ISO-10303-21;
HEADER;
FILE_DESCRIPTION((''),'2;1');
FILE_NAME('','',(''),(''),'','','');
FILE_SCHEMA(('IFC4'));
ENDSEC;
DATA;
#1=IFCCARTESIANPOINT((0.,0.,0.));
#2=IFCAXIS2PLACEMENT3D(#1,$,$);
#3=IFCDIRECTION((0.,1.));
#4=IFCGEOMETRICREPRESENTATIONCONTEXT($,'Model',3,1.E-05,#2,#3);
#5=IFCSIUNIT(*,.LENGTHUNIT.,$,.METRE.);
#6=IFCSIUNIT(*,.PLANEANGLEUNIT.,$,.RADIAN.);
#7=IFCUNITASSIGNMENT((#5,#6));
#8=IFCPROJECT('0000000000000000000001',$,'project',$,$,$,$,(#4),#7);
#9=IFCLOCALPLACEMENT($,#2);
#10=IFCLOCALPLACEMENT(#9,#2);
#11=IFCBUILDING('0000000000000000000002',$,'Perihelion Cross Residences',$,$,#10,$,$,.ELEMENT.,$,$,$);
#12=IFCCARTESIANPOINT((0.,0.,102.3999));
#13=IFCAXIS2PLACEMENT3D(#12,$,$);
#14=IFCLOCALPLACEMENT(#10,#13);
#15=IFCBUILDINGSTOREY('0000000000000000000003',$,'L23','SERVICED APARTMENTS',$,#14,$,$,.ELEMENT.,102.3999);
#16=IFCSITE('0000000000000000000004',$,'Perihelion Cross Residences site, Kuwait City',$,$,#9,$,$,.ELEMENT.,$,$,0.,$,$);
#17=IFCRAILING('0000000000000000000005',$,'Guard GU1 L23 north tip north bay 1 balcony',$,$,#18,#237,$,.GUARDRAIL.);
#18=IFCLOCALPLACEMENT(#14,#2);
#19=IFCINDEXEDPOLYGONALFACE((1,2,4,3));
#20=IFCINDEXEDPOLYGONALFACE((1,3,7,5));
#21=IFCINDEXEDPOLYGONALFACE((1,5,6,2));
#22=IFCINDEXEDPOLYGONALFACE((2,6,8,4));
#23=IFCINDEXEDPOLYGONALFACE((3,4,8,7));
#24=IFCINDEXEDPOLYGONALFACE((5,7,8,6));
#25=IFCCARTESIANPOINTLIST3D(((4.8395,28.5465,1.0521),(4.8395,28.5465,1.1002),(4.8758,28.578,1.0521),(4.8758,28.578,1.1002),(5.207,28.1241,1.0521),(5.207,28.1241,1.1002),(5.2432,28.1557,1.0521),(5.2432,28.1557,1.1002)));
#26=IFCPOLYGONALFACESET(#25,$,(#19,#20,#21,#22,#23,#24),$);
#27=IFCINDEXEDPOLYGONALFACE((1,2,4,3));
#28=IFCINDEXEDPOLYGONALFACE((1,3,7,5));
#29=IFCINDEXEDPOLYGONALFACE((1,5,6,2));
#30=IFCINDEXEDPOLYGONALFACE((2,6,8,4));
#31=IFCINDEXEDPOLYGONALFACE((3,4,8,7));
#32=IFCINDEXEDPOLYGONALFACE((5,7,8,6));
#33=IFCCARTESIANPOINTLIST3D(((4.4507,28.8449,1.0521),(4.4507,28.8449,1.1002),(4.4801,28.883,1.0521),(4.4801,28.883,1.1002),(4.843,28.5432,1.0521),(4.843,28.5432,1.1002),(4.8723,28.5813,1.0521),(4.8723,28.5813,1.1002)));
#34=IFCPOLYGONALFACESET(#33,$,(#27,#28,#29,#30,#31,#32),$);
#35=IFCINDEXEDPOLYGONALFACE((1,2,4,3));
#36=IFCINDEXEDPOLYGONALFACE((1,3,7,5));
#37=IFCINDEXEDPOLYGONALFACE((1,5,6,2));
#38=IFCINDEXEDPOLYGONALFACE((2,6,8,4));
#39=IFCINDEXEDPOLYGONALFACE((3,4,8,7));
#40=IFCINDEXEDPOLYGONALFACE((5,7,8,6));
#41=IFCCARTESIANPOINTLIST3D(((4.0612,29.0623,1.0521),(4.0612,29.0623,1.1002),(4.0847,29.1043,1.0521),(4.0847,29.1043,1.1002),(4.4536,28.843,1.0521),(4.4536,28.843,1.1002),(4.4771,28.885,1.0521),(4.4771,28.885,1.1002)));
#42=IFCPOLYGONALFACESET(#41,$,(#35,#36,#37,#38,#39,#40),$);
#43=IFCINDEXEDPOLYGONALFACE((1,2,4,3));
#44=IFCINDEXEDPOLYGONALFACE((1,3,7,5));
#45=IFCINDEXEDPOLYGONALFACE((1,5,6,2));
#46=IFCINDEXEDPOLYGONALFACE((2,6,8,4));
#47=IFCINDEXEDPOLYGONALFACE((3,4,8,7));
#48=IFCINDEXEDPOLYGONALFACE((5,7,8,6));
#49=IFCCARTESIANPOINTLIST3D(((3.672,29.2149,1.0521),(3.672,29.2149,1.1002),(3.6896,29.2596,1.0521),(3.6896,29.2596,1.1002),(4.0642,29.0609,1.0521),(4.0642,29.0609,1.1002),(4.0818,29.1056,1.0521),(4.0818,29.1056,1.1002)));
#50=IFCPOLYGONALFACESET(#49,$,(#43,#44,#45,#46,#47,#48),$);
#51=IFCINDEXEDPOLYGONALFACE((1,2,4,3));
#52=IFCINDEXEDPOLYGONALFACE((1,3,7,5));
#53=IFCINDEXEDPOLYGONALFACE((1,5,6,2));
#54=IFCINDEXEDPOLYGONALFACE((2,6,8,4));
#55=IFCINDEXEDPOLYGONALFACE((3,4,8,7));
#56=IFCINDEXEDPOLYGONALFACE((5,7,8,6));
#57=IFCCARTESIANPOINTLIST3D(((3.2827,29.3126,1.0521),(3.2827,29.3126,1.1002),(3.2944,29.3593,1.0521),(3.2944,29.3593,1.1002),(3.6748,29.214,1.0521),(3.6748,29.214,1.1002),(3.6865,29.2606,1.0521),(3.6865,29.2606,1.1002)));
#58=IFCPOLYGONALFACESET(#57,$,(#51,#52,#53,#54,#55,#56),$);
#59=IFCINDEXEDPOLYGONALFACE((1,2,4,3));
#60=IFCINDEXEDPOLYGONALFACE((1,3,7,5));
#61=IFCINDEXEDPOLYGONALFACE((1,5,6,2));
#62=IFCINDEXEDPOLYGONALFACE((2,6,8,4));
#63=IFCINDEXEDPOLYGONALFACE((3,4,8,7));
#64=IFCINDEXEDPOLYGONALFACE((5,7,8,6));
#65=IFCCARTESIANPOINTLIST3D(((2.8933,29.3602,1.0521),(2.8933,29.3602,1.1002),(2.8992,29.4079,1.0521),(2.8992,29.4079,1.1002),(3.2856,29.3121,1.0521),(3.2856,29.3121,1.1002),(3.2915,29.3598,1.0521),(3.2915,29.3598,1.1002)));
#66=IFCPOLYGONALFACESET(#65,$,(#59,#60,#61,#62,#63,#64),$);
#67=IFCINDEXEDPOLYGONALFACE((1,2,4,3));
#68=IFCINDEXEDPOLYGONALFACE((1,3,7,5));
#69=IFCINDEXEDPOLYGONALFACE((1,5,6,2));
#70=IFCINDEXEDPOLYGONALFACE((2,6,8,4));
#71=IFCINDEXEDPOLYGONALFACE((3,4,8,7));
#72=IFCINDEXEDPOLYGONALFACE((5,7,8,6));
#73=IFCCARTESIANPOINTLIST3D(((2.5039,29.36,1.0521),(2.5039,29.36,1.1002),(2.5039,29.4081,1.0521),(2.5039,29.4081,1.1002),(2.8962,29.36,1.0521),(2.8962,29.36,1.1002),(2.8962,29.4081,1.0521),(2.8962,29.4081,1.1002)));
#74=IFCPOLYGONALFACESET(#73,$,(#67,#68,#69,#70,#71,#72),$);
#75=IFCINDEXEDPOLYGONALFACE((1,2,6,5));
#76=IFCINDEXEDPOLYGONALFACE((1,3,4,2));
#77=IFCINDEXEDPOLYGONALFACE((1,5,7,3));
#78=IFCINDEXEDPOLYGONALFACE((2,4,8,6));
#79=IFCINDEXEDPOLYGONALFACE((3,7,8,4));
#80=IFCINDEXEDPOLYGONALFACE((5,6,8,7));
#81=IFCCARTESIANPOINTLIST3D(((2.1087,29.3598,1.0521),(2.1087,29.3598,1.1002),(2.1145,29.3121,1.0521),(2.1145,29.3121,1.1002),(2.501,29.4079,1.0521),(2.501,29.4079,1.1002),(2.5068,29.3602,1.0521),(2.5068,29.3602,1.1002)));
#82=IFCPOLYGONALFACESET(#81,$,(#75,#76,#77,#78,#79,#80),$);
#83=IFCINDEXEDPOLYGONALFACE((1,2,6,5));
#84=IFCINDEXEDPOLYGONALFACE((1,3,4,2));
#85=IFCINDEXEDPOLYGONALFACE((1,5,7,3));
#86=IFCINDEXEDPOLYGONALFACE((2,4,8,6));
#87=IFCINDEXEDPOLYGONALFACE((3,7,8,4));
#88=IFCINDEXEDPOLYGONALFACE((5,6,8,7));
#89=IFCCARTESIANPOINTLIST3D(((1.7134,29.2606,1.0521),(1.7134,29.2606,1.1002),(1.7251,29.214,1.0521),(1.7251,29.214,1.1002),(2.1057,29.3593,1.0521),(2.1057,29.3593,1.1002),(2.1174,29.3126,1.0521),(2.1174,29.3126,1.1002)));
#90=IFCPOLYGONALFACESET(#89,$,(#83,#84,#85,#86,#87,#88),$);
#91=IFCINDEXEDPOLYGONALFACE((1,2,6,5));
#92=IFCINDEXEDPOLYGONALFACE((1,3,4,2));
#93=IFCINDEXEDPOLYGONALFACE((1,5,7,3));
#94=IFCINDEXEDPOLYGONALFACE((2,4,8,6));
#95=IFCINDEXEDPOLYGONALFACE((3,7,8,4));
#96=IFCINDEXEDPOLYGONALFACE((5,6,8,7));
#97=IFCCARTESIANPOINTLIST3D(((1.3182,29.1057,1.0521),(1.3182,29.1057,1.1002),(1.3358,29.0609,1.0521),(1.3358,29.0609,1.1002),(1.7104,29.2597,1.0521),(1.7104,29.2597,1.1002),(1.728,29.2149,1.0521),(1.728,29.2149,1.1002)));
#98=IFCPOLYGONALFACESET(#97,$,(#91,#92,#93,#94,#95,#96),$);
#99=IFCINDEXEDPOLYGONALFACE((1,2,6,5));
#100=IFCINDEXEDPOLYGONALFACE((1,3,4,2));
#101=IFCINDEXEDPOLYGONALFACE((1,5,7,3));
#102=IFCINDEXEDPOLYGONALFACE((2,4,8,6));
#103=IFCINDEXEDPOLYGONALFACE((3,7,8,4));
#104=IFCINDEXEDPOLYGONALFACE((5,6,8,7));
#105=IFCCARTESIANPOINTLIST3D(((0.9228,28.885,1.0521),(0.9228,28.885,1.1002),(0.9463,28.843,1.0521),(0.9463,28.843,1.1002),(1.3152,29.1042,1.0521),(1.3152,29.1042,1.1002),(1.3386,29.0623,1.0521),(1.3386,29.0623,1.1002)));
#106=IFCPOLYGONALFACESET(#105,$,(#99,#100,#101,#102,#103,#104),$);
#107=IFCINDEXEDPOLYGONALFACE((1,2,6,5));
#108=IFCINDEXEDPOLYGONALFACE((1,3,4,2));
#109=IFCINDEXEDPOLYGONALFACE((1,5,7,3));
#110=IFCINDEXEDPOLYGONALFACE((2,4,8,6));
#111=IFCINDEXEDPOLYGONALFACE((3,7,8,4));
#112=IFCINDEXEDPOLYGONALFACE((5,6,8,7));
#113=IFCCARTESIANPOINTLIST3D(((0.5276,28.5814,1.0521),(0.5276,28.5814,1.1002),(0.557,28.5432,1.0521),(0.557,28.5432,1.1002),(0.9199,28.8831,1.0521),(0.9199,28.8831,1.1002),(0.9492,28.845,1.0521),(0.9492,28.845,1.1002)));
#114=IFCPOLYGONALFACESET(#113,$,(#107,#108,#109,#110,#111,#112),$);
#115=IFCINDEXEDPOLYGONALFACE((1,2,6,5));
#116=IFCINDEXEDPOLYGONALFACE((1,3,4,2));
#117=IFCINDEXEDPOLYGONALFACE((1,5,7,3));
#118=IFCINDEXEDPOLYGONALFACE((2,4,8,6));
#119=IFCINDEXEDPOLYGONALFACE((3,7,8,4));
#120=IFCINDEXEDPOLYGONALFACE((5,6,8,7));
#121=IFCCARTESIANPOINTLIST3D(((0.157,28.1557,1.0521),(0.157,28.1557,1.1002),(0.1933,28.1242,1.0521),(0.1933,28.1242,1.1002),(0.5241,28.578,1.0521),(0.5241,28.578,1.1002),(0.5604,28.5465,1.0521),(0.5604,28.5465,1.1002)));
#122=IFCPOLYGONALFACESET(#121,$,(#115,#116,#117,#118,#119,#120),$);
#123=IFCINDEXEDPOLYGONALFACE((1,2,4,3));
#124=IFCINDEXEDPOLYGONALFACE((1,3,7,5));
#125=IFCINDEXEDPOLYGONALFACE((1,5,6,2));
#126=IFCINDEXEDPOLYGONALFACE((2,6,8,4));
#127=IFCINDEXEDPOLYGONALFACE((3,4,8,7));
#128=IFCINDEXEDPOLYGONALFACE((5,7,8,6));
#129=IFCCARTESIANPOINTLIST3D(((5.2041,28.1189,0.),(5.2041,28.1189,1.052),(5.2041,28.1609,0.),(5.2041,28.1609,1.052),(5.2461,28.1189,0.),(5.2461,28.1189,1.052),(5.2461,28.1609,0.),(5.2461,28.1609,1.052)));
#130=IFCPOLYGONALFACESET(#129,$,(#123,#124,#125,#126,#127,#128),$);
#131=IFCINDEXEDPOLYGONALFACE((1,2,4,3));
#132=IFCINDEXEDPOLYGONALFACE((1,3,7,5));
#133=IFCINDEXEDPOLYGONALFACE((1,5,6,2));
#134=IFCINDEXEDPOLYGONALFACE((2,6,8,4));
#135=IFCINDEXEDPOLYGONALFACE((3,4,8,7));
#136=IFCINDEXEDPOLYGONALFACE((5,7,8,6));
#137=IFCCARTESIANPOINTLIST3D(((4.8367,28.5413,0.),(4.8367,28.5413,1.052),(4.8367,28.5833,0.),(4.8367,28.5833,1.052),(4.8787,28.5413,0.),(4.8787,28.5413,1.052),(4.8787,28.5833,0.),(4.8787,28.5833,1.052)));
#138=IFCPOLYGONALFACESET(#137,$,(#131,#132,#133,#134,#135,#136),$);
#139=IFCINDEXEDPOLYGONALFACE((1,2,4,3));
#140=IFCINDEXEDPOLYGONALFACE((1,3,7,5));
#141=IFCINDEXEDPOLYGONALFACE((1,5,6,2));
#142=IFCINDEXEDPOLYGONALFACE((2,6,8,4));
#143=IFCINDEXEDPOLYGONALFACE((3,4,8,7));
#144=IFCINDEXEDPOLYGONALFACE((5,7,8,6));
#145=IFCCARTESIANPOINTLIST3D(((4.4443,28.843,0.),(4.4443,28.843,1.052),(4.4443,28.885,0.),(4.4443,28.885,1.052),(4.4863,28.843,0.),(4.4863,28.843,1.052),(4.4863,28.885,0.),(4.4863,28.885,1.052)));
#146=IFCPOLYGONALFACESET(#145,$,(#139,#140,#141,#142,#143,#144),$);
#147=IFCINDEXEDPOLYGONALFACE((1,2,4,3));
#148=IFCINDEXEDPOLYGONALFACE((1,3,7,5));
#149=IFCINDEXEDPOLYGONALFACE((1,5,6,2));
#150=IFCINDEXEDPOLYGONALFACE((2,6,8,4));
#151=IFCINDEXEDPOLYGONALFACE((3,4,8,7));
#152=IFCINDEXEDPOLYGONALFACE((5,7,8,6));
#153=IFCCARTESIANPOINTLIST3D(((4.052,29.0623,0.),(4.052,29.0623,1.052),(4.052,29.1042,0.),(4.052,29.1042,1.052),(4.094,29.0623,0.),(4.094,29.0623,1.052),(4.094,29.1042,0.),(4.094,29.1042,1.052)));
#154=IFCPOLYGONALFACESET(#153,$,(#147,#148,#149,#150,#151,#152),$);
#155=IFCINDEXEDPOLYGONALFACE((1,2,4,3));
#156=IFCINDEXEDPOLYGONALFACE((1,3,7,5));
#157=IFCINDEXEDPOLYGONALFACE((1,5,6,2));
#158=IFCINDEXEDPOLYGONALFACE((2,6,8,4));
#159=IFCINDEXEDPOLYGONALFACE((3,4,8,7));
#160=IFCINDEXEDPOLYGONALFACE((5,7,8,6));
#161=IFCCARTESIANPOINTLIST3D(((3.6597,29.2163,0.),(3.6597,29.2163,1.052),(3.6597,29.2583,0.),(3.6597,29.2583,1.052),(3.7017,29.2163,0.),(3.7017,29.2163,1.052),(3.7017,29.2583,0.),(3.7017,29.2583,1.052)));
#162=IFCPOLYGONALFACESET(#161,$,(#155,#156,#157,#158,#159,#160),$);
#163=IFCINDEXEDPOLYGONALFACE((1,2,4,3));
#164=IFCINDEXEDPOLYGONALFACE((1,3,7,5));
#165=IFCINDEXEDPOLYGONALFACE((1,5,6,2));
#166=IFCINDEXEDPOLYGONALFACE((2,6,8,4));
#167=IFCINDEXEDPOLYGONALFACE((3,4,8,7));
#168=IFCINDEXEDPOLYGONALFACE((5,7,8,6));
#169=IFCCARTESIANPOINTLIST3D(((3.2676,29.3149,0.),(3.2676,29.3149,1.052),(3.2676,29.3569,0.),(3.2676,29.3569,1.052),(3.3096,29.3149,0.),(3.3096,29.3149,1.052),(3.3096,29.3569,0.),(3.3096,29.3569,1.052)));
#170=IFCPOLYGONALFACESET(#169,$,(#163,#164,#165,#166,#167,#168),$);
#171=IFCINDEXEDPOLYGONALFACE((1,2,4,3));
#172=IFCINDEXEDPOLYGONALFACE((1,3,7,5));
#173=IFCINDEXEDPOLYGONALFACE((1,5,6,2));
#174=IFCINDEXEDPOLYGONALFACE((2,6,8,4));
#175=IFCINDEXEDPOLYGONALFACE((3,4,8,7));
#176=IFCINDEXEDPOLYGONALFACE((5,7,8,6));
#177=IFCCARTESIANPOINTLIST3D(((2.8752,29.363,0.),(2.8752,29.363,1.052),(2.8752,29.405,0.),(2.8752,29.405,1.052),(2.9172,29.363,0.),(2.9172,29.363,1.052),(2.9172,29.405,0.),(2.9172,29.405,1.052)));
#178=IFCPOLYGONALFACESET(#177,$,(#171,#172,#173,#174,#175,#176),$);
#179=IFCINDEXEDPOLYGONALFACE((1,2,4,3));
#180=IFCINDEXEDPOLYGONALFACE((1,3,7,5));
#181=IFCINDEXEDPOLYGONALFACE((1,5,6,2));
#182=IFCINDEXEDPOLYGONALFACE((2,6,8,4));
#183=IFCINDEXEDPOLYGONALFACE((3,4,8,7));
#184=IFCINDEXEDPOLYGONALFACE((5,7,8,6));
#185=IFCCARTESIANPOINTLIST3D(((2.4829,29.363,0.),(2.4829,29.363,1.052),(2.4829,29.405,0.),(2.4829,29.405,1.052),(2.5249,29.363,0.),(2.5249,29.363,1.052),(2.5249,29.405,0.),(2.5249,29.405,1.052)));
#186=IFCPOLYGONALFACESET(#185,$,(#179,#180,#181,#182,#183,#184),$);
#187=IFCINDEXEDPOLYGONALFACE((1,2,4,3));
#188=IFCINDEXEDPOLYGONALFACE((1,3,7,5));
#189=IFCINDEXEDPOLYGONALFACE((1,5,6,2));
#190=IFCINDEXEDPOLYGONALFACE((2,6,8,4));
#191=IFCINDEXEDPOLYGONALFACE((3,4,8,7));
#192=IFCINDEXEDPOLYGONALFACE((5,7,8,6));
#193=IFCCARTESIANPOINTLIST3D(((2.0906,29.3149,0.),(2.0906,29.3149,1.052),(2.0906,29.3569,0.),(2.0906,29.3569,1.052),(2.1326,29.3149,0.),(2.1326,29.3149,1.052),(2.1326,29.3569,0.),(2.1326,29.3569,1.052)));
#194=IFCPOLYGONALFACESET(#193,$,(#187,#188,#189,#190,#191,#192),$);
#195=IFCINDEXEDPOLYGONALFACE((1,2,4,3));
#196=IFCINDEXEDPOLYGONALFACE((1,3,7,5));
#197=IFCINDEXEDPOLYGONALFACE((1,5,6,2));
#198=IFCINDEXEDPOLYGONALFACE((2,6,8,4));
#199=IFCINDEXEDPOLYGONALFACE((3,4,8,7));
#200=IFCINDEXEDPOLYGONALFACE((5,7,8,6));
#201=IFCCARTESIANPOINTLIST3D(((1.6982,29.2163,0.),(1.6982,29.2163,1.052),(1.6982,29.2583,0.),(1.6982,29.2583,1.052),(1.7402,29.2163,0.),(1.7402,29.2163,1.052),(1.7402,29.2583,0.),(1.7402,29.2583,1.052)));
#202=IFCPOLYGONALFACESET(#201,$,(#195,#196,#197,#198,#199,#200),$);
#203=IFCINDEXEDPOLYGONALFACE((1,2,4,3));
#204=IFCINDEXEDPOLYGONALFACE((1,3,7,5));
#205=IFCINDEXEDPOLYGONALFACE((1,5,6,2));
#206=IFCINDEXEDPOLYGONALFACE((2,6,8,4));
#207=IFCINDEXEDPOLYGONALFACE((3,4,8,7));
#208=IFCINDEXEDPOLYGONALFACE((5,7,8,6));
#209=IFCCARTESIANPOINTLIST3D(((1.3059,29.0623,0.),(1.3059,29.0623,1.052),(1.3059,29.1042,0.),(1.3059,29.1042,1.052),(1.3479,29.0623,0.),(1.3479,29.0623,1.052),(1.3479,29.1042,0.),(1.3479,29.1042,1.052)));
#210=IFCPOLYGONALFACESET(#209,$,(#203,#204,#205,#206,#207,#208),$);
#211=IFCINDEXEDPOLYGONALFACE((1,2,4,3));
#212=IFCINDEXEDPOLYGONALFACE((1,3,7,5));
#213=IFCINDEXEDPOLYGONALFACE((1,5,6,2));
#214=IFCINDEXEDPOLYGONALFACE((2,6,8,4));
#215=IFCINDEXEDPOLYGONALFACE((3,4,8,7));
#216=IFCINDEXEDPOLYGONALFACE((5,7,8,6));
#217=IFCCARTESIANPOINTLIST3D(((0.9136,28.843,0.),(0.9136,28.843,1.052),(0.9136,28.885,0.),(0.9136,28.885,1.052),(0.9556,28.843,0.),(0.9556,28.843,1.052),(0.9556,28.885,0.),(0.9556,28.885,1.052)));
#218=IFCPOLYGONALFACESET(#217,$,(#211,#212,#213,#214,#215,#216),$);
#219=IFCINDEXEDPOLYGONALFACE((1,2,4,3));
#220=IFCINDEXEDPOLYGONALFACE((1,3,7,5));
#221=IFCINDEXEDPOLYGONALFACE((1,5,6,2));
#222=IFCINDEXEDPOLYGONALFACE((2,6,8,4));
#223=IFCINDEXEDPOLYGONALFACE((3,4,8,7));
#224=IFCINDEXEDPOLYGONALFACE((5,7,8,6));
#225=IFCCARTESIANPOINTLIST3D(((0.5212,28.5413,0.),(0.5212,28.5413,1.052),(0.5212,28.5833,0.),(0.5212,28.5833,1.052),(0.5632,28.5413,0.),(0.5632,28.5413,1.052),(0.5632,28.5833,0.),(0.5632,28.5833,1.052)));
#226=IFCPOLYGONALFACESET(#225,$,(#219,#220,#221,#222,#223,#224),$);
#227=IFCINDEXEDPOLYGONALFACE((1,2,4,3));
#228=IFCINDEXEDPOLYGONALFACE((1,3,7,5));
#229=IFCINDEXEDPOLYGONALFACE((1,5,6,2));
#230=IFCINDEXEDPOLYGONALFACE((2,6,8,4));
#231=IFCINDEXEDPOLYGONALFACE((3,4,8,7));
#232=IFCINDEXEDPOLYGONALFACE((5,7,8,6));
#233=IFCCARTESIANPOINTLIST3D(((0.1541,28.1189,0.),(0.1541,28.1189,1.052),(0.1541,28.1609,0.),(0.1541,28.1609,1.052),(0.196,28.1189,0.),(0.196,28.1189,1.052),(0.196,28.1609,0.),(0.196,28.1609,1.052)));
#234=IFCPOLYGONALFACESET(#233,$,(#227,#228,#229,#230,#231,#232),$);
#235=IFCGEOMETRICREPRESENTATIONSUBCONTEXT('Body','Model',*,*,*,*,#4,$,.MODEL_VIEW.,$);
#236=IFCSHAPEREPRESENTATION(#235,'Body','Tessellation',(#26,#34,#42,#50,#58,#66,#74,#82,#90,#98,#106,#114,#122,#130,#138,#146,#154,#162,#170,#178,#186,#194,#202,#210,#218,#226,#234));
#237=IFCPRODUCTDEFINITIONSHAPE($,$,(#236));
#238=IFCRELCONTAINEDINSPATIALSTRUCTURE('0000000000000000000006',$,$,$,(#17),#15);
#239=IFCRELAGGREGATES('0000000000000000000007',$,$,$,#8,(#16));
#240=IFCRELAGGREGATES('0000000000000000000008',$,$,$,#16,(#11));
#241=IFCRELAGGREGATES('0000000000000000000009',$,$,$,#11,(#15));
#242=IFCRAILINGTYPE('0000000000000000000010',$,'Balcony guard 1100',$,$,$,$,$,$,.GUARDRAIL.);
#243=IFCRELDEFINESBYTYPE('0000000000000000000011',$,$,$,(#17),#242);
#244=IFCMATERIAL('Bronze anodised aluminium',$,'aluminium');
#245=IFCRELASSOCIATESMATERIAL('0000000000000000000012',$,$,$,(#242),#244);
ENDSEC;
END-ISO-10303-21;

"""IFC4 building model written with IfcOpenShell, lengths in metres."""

from ifc_helpers import new_model, si_unit, direction, frame, origin, origin_2d, place, context, subcontext, project, spatial, rectangle, extrude, material, type_object, element, save


model = new_model("IFC4")

# Units and contexts
model_context = context("Model", 3, precision=1e-05, world=origin(), true_north=direction((0.0, 1.0)))
body_context = subcontext(model_context, "Body", "Model", "MODEL_VIEW")
ifc_project = project(units=[si_unit("LENGTHUNIT", "METRE"), si_unit("PLANEANGLEUNIT", "RADIAN")], contexts=[model_context])

# Site, building, storey
site_placement = place(None, origin())
site = spatial("IfcSite", under=ifc_project, at=site_placement, Name="Perihelion Cross Residences site, Kuwait City", CompositionType="ELEMENT", RefElevation=0.0)
building_placement = place(site_placement, origin())
building = spatial("IfcBuilding", under=site, at=building_placement, Name="Perihelion Cross Residences", CompositionType="ELEMENT")
storey_placement = place(building_placement, frame((0.0, 0.0, 102.3999)))
storey = spatial("IfcBuildingStorey", under=building, at=storey_placement, Name="L23", Description="SERVICED APARTMENTS", CompositionType="ELEMENT", Elevation=102.3999)

# Railing
ifc_material_1 = material(Name="Bronze anodised aluminium", Category="aluminium")
railing_type = type_object("IfcRailingType", Name="Balcony guard 1100", PredefinedType="GUARDRAIL", material=ifc_material_1)
railing_placement = place(storey_placement, frame((5.2251, 28.1399, 0.0)))
element("IfcRailing", 1, at=railing_placement, inside=storey, type_object=railing_type, Name="Guard GU1 L23 north tip north bay 1 balcony", PredefinedType="GUARDRAIL", context=body_context, shape_type="SweptSolid", body=[
    extrude(rectangle(XDim=0.0481, YDim=0.0481, at=origin_2d()), frame((0.0, 0.0, 1.0762), z_axis=(-0.656341, 0.754465, 0.0), x_axis=(-0.754465, -0.656341, 0.0)), (0.0, 0.0, 1.0), 0.5598),
    extrude(rectangle(XDim=0.0481, YDim=0.0481, at=origin_2d()), frame((-0.3674, 0.4224, 1.0762), z_axis=(-0.792661, 0.609663, 0.0), x_axis=(-0.609663, -0.792661, 0.0)), (0.0, 0.0, 1.0), 0.4949),
    extrude(rectangle(XDim=0.0481, YDim=0.0481, at=origin_2d()), frame((-0.7598, 0.7241, 1.0762), z_axis=(-0.87295, 0.487809, 0.0), x_axis=(-0.487809, -0.87295, 0.0)), (0.0, 0.0, 1.0), 0.4495),
    extrude(rectangle(XDim=0.0481, YDim=0.0481, at=origin_2d()), frame((-1.1521, 0.9434, 1.0762), z_axis=(-0.930815, 0.365491, 0.0), x_axis=(-0.365491, -0.930815, 0.0)), (0.0, 0.0, 1.0), 0.4214),
    extrude(rectangle(XDim=0.0481, YDim=0.0481, at=origin_2d()), frame((-1.5444, 1.0974, 1.0762), z_axis=(-0.969786, 0.243956, 0.0), x_axis=(-0.243956, -0.969786, 0.0)), (0.0, 0.0, 1.0), 0.4043),
    extrude(rectangle(XDim=0.0481, YDim=0.0481, at=origin_2d()), frame((-1.9365, 1.196, 1.0762), z_axis=(-0.99257, 0.121678, 0.0), x_axis=(-0.121678, -0.99257, 0.0)), (0.0, 0.0, 1.0), 0.3953),
    extrude(rectangle(XDim=0.0481, YDim=0.0481, at=origin_2d()), frame((-2.3289, 1.2441, 1.0762), z_axis=(-1.0, 0.0, 0.0), x_axis=(0.0, -1.0, 0.0)), (0.0, 0.0, 1.0), 0.3923),
    extrude(rectangle(XDim=0.0481, YDim=0.0481, at=origin_2d()), frame((-2.7212, 1.2441, 1.0762), z_axis=(-0.99257, -0.121678, 0.0), x_axis=(0.121678, -0.99257, 0.0)), (0.0, 0.0, 1.0), 0.3953),
    extrude(rectangle(XDim=0.0481, YDim=0.0481, at=origin_2d()), frame((-3.1135, 1.196, 1.0762), z_axis=(-0.969822, -0.243813, 0.0), x_axis=(0.243813, -0.969822, 0.0)), (0.0, 0.0, 1.0), 0.4045),
    extrude(rectangle(XDim=0.0481, YDim=0.0481, at=origin_2d()), frame((-3.5059, 1.0974, 1.0762), z_axis=(-0.930815, -0.365491, 0.0), x_axis=(0.365491, -0.930815, 0.0)), (0.0, 0.0, 1.0), 0.4214),
    extrude(rectangle(XDim=0.0481, YDim=0.0481, at=origin_2d()), frame((-3.8982, 0.9434, 1.0762), z_axis=(-0.87295, -0.487809, 0.0), x_axis=(0.487809, -0.87295, 0.0)), (0.0, 0.0, 1.0), 0.4495),
    extrude(rectangle(XDim=0.0481, YDim=0.0481, at=origin_2d()), frame((-4.2905, 0.7241, 1.0762), z_axis=(-0.792661, -0.609663, 0.0), x_axis=(0.609663, -0.792661, 0.0)), (0.0, 0.0, 1.0), 0.4949),
    extrude(rectangle(XDim=0.0481, YDim=0.0481, at=origin_2d()), frame((-4.6829, 0.4224, 1.0762), z_axis=(-0.656092, -0.754681, 0.0), x_axis=(0.754681, -0.656092, 0.0)), (0.0, 0.0, 1.0), 0.5596),
    extrude(rectangle(XDim=0.042, YDim=0.042, at=origin_2d()), origin(), (0.0, 0.0, 1.0), 1.052),
    extrude(rectangle(XDim=0.042, YDim=0.042, at=origin_2d()), frame((-0.3674, 0.4224, 0.0)), (0.0, 0.0, 1.0), 1.052),
    extrude(rectangle(XDim=0.042, YDim=0.042, at=origin_2d()), frame((-0.7598, 0.7241, 0.0)), (0.0, 0.0, 1.0), 1.052),
    extrude(rectangle(XDim=0.042, YDim=0.042, at=origin_2d()), frame((-1.1521, 0.9434, 0.0)), (0.0, 0.0, 1.0), 1.052),
    extrude(rectangle(XDim=0.042, YDim=0.042, at=origin_2d()), frame((-1.5444, 1.0974, 0.0)), (0.0, 0.0, 1.0), 1.052),
    extrude(rectangle(XDim=0.042, YDim=0.042, at=origin_2d()), frame((-1.9365, 1.196, 0.0)), (0.0, 0.0, 1.0), 1.052),
    extrude(rectangle(XDim=0.042, YDim=0.042, at=origin_2d()), frame((-2.3289, 1.2441, 0.0)), (0.0, 0.0, 1.0), 1.052),
    extrude(rectangle(XDim=0.042, YDim=0.042, at=origin_2d()), frame((-2.7212, 1.2441, 0.0)), (0.0, 0.0, 1.0), 1.052),
    extrude(rectangle(XDim=0.042, YDim=0.042, at=origin_2d()), frame((-3.1135, 1.196, 0.0)), (0.0, 0.0, 1.0), 1.052),
    extrude(rectangle(XDim=0.042, YDim=0.042, at=origin_2d()), frame((-3.5059, 1.0974, 0.0)), (0.0, 0.0, 1.0), 1.052),
    extrude(rectangle(XDim=0.042, YDim=0.042, at=origin_2d()), frame((-3.8982, 0.9434, 0.0)), (0.0, 0.0, 1.0), 1.052),
    extrude(rectangle(XDim=0.042, YDim=0.042, at=origin_2d()), frame((-4.2905, 0.7241, 0.0)), (0.0, 0.0, 1.0), 1.052),
    extrude(rectangle(XDim=0.042, YDim=0.042, at=origin_2d()), frame((-4.6829, 0.4224, 0.0)), (0.0, 0.0, 1.0), 1.052),
    extrude(rectangle(XDim=0.042, YDim=0.042, at=origin_2d()), frame((-5.05, 0.0, 0.0)), (0.0, 0.0, 1.0), 1.052),
])

save(model, "model.ifc")
